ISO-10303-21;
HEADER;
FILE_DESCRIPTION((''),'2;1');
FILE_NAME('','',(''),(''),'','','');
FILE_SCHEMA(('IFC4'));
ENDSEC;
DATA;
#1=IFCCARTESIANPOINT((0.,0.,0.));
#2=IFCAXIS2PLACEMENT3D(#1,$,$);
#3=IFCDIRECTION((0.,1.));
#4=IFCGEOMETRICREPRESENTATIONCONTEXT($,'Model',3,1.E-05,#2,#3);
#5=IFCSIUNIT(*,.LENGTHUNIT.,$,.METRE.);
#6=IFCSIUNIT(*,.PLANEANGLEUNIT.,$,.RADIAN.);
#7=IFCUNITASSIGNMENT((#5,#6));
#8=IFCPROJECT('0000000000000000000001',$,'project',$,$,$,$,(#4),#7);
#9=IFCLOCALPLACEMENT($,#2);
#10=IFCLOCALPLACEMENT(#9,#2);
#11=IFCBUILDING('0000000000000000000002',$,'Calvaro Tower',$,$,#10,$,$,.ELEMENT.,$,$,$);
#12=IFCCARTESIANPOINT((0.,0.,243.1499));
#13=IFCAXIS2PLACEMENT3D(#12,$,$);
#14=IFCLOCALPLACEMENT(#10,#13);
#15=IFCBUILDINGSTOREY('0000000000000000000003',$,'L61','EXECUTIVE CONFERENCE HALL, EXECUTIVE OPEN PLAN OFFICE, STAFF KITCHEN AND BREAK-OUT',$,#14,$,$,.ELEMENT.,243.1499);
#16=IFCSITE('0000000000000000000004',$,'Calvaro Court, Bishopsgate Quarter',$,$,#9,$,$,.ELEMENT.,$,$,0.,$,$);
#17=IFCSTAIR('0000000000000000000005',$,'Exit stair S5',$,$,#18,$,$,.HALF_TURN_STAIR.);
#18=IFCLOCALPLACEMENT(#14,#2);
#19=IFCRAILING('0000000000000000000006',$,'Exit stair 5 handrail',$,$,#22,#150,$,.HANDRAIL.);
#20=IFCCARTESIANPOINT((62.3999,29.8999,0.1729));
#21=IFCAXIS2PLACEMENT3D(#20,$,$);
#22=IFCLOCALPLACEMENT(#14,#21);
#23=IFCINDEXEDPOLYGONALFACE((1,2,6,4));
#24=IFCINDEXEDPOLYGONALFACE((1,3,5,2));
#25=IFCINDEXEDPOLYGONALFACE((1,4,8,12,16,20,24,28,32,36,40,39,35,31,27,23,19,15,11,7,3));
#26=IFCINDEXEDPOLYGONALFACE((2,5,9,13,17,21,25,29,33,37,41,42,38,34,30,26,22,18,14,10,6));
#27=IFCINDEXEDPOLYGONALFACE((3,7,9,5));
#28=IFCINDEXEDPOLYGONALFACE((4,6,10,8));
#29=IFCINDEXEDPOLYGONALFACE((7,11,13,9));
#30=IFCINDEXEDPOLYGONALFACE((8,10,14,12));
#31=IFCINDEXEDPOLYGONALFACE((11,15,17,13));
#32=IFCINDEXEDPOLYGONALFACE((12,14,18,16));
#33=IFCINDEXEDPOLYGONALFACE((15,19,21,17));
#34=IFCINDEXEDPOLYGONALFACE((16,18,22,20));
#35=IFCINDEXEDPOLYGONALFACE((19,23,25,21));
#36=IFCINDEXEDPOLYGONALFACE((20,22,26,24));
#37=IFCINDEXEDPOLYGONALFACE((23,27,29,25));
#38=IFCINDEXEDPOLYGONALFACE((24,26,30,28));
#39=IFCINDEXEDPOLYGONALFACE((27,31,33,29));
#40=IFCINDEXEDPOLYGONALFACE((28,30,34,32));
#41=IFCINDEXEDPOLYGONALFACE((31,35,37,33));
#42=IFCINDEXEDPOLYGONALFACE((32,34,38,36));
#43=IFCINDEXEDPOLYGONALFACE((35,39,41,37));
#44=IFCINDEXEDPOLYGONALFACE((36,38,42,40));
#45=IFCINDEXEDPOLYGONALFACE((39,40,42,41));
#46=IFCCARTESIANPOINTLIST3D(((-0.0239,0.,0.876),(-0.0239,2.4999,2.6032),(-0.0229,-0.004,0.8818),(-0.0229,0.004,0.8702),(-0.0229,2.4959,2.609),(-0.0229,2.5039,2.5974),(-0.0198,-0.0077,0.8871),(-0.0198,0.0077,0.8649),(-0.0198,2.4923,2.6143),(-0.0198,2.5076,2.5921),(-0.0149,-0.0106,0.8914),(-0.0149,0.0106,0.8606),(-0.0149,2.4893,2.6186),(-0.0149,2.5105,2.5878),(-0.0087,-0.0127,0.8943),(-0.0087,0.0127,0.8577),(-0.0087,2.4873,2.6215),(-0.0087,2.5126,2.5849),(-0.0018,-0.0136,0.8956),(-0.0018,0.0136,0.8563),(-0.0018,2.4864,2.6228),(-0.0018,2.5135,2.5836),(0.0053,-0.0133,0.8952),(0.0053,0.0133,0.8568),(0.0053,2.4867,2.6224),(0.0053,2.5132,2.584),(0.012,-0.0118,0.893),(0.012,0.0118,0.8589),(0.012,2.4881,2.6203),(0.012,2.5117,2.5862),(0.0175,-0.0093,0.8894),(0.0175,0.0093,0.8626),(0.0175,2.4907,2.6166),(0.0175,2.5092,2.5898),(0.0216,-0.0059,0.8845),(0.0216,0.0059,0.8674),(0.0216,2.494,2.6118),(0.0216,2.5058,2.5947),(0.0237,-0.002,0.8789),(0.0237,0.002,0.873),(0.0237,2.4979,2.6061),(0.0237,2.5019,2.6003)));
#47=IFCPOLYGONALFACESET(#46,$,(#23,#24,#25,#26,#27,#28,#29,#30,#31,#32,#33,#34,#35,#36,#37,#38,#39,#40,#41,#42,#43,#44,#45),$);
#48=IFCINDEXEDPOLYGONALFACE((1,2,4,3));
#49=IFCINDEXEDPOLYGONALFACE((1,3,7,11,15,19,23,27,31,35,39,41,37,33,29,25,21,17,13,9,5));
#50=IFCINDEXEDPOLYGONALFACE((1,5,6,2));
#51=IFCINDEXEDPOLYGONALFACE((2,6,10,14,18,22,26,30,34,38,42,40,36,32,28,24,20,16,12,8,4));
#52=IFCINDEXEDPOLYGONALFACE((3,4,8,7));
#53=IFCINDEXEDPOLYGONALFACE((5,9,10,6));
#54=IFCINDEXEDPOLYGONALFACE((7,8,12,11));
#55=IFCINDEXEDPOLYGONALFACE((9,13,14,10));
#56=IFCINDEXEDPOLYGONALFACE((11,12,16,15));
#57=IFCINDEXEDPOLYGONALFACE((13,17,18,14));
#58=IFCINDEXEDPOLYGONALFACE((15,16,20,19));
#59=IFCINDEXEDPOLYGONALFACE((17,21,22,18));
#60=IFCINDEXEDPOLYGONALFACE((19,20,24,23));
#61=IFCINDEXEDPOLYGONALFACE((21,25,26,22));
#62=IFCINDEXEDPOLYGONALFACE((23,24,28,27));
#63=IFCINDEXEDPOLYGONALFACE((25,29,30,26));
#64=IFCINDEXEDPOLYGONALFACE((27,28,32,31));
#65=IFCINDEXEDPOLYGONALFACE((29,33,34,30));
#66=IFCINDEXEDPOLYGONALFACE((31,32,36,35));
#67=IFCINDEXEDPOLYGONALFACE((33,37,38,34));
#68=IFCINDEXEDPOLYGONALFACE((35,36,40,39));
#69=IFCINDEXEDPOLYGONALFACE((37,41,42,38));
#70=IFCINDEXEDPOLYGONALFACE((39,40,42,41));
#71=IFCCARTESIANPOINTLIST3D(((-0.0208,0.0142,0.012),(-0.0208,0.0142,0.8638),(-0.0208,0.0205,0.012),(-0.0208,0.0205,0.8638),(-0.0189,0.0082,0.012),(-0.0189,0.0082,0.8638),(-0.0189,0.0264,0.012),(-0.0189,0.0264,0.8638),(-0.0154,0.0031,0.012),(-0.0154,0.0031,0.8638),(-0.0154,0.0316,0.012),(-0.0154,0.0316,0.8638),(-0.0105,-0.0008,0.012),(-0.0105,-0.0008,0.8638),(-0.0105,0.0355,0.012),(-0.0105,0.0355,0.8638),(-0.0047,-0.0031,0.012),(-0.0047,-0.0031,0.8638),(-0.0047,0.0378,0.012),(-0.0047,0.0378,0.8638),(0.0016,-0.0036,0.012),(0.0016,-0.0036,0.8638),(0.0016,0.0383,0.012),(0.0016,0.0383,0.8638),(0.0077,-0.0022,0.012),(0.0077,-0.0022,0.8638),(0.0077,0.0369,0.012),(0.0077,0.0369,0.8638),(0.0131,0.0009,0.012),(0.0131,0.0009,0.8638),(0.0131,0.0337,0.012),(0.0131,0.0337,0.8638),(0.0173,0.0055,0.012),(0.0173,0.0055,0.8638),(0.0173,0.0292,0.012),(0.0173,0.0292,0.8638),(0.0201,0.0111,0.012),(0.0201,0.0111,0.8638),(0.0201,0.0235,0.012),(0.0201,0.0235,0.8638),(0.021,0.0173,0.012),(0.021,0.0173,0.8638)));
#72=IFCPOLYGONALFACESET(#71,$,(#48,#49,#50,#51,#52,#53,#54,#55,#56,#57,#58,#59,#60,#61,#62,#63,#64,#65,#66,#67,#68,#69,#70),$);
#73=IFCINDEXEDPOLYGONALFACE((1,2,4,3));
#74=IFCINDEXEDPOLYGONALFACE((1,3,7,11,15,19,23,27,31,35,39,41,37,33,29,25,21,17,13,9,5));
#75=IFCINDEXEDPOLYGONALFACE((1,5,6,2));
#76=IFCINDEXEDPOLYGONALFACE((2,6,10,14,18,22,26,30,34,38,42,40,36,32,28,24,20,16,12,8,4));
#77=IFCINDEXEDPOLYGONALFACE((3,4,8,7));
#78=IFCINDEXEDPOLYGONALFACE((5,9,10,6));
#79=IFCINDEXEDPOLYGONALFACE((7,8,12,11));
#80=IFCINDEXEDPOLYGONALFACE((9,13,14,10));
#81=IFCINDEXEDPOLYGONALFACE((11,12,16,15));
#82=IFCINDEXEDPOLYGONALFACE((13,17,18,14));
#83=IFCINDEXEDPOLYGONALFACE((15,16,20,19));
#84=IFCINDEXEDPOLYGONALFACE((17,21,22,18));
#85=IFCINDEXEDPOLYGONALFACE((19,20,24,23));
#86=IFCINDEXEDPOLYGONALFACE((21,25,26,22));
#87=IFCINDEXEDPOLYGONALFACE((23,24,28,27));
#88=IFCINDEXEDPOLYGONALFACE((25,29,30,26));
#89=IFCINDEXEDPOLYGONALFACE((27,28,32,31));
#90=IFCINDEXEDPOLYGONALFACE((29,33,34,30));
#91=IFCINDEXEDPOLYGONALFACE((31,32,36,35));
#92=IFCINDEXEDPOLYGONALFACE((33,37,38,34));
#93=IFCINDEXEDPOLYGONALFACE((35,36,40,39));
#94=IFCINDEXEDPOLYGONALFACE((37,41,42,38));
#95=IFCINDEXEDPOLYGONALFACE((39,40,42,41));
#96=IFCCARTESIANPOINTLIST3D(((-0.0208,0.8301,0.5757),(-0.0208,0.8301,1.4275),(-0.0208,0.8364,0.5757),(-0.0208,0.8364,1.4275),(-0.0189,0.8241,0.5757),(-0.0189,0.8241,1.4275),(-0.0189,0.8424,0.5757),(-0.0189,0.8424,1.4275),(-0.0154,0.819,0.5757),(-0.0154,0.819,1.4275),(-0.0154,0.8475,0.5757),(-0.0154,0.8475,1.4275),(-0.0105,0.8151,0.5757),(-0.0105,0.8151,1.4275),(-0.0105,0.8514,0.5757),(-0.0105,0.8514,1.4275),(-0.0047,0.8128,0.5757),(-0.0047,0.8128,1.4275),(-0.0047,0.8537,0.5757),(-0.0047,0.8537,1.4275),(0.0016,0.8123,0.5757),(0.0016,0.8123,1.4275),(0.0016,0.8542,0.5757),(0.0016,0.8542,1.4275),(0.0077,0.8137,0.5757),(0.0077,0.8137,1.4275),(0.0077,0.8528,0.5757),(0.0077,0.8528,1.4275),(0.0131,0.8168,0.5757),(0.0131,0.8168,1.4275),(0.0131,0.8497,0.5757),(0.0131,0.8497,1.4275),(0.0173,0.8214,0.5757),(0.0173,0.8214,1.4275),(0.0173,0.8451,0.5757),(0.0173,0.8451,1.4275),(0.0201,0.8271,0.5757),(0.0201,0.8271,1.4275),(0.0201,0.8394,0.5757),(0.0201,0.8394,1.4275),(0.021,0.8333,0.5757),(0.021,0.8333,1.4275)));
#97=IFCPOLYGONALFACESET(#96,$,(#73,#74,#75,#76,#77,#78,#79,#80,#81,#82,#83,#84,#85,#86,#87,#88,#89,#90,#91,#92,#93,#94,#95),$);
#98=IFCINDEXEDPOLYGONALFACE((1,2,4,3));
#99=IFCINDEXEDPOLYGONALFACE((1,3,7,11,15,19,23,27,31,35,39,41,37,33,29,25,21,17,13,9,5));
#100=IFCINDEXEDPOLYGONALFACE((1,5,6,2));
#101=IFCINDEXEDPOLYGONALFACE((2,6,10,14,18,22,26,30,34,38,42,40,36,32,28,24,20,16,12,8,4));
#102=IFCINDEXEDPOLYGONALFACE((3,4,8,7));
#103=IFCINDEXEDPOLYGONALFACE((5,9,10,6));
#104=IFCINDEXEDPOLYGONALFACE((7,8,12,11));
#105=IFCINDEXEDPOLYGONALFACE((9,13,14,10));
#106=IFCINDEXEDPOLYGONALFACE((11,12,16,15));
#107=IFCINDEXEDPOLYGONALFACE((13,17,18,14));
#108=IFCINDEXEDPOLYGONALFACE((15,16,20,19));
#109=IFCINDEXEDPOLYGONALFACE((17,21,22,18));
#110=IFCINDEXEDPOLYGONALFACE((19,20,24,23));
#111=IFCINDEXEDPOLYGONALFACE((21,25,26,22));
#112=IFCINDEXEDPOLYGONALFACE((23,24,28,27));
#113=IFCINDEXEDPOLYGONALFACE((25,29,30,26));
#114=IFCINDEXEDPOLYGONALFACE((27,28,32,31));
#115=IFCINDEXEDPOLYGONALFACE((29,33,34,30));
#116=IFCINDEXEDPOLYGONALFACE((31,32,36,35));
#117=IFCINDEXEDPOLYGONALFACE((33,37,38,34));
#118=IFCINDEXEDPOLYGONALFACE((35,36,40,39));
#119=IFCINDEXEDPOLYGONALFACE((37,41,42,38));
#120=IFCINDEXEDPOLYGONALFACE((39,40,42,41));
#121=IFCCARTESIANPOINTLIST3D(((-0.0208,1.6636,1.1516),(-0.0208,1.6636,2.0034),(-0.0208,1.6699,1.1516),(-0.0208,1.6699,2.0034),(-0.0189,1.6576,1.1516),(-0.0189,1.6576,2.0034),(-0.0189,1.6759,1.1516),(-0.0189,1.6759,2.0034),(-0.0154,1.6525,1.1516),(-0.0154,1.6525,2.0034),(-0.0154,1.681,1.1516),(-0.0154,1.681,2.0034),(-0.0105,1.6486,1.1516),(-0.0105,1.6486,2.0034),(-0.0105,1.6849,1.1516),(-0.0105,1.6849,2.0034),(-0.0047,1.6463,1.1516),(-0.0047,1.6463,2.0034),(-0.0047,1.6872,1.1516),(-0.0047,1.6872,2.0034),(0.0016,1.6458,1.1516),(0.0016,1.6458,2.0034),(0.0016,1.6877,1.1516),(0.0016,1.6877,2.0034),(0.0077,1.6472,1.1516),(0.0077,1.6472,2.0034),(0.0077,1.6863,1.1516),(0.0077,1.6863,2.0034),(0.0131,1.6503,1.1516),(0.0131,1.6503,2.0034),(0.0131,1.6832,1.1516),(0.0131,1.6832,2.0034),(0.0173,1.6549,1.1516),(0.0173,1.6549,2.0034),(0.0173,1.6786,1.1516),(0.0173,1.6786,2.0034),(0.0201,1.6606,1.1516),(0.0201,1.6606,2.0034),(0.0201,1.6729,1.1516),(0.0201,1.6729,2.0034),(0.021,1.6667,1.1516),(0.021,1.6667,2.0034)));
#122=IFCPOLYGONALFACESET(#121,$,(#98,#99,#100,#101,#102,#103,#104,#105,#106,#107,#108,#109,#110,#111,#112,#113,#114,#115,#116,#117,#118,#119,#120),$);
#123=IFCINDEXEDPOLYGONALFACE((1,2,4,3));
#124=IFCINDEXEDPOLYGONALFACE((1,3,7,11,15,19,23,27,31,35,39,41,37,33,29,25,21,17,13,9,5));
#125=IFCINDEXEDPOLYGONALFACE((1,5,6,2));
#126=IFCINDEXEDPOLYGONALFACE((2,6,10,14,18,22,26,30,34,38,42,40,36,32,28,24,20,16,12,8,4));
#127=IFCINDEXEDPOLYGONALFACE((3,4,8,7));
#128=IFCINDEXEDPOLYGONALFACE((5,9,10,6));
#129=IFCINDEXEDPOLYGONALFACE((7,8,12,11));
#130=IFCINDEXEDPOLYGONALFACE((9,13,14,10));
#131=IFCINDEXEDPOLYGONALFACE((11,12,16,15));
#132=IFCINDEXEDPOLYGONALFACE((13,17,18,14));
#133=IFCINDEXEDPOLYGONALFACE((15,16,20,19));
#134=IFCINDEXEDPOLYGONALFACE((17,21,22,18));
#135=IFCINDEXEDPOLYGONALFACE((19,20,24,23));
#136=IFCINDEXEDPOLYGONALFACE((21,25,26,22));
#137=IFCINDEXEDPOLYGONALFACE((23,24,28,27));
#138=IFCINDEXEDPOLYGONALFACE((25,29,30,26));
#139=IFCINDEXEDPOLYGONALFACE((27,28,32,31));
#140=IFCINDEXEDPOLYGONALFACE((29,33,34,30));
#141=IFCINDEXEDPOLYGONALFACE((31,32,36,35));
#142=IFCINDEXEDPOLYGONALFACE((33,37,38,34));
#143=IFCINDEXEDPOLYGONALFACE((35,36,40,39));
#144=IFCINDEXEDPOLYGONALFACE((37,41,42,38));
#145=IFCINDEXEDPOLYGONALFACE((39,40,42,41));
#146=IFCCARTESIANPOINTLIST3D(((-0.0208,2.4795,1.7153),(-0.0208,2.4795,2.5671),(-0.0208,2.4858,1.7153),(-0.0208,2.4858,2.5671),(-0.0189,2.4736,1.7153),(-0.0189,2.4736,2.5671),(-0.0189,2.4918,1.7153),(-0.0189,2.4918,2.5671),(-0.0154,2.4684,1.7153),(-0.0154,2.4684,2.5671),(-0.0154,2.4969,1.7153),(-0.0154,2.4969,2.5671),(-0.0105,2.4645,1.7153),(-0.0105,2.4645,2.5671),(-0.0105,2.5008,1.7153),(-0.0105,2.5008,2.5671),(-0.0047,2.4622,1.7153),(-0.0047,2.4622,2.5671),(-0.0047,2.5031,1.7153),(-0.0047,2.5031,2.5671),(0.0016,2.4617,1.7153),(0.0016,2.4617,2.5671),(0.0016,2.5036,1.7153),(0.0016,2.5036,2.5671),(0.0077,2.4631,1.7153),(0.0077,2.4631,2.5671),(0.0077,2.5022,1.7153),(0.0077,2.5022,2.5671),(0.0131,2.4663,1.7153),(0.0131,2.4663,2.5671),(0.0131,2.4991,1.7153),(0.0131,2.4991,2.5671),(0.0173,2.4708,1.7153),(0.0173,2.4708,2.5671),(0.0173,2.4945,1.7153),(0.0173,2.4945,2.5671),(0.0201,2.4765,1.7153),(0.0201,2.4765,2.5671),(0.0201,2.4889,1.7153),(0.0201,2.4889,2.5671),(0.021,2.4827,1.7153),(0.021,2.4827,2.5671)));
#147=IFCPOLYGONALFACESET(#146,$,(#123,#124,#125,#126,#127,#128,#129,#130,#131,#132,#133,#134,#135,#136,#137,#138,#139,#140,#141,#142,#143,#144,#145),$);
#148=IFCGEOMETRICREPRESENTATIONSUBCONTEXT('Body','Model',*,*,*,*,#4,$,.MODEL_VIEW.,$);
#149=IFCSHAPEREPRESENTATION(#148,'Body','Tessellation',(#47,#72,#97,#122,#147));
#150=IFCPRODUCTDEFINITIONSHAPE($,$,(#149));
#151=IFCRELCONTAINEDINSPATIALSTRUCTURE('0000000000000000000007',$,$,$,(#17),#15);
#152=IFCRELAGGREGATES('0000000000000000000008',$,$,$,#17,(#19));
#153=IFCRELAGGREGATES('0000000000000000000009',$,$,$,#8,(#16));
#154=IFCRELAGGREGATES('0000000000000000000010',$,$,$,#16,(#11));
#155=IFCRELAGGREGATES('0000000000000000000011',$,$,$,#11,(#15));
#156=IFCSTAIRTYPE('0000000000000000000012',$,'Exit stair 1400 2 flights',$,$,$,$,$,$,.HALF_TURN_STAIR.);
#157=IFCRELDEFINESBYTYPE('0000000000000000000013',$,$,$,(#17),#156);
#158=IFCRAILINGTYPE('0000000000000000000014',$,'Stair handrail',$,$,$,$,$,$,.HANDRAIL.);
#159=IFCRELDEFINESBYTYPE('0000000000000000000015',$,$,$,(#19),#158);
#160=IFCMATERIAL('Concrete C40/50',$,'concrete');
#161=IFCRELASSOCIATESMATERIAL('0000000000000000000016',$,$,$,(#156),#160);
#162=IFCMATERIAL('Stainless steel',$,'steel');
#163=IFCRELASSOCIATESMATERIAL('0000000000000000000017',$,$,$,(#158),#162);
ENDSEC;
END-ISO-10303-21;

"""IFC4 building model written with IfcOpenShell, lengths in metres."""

from ifc_helpers import new_model, si_unit, direction, frame, origin, origin_2d, place, context, subcontext, project, spatial, circle, extrude, material, type_object, element, aggregate, save


model = new_model("IFC4")

# Units and contexts
model_context = context("Model", 3, precision=1e-05, world=origin(), true_north=direction((0.0, 1.0)))
body_context = subcontext(model_context, "Body", "Model", "MODEL_VIEW")
ifc_project = project(units=[si_unit("LENGTHUNIT", "METRE"), si_unit("PLANEANGLEUNIT", "RADIAN")], contexts=[model_context])

# Site, building, storey
site_placement = place(None, origin())
site = spatial("IfcSite", under=ifc_project, at=site_placement, Name="Calvaro Court, Bishopsgate Quarter", CompositionType="ELEMENT", RefElevation=0.0)
building_placement = place(site_placement, origin())
building = spatial("IfcBuilding", under=site, at=building_placement, Name="Calvaro Tower", CompositionType="ELEMENT")
storey_placement = place(building_placement, frame((0.0, 0.0, 243.1499)))
storey = spatial("IfcBuildingStorey", under=building, at=storey_placement, Name="L61", Description="EXECUTIVE CONFERENCE HALL, EXECUTIVE OPEN PLAN OFFICE, STAFF KITCHEN AND BREAK-OUT", CompositionType="ELEMENT", Elevation=243.1499)

# Shared definitions
ifc_material_1 = material(Name="Concrete C40/50", Category="concrete")
stair_type = type_object("IfcStairType", Name="Exit stair 1400 2 flights", PredefinedType="HALF_TURN_STAIR", material=ifc_material_1)

# Stair
stair_1_placement = place(storey_placement, origin())
stair_1 = element("IfcStair", 1, at=stair_1_placement, inside=storey, type_object=stair_type, Name="Exit stair S5", PredefinedType="HALF_TURN_STAIR")

# Railing
ifc_material_2 = material(Name="Stainless steel", Category="steel")
railing_type = type_object("IfcRailingType", Name="Stair handrail", PredefinedType="HANDRAIL", material=ifc_material_2)
railing_1_placement = place(storey_placement, frame((62.3999, 29.8999, 0.1729)))
railing_1 = element("IfcRailing", 2, at=railing_1_placement, type_object=railing_type, Name="Exit stair 5 handrail", PredefinedType="HANDRAIL", context=body_context, shape_type="SweptSolid", body=[
    extrude(circle(Radius=0.0239, at=origin_2d()), frame((0.0, 0.0, 0.876), z_axis=(0.0, 0.822727, 0.568437), x_axis=(-1.0, 0.0, 0.0)), (0.0, 0.0, 1.0), 3.0386),
    extrude(circle(Radius=0.021, at=origin_2d()), frame((0.0, 0.0173, 0.012)), (0.0, 0.0, 1.0), 0.8518),
    extrude(circle(Radius=0.021, at=origin_2d()), frame((0.0, 0.8333, 0.5757)), (0.0, 0.0, 1.0), 0.8518),
    extrude(circle(Radius=0.021, at=origin_2d()), frame((0.0, 1.6667, 1.1516)), (0.0, 0.0, 1.0), 0.8518),
    extrude(circle(Radius=0.021, at=origin_2d()), frame((0.0, 2.4827, 1.7153)), (0.0, 0.0, 1.0), 0.8518),
])
aggregate(stair_1, [railing_1])

save(model, "model.ifc")
